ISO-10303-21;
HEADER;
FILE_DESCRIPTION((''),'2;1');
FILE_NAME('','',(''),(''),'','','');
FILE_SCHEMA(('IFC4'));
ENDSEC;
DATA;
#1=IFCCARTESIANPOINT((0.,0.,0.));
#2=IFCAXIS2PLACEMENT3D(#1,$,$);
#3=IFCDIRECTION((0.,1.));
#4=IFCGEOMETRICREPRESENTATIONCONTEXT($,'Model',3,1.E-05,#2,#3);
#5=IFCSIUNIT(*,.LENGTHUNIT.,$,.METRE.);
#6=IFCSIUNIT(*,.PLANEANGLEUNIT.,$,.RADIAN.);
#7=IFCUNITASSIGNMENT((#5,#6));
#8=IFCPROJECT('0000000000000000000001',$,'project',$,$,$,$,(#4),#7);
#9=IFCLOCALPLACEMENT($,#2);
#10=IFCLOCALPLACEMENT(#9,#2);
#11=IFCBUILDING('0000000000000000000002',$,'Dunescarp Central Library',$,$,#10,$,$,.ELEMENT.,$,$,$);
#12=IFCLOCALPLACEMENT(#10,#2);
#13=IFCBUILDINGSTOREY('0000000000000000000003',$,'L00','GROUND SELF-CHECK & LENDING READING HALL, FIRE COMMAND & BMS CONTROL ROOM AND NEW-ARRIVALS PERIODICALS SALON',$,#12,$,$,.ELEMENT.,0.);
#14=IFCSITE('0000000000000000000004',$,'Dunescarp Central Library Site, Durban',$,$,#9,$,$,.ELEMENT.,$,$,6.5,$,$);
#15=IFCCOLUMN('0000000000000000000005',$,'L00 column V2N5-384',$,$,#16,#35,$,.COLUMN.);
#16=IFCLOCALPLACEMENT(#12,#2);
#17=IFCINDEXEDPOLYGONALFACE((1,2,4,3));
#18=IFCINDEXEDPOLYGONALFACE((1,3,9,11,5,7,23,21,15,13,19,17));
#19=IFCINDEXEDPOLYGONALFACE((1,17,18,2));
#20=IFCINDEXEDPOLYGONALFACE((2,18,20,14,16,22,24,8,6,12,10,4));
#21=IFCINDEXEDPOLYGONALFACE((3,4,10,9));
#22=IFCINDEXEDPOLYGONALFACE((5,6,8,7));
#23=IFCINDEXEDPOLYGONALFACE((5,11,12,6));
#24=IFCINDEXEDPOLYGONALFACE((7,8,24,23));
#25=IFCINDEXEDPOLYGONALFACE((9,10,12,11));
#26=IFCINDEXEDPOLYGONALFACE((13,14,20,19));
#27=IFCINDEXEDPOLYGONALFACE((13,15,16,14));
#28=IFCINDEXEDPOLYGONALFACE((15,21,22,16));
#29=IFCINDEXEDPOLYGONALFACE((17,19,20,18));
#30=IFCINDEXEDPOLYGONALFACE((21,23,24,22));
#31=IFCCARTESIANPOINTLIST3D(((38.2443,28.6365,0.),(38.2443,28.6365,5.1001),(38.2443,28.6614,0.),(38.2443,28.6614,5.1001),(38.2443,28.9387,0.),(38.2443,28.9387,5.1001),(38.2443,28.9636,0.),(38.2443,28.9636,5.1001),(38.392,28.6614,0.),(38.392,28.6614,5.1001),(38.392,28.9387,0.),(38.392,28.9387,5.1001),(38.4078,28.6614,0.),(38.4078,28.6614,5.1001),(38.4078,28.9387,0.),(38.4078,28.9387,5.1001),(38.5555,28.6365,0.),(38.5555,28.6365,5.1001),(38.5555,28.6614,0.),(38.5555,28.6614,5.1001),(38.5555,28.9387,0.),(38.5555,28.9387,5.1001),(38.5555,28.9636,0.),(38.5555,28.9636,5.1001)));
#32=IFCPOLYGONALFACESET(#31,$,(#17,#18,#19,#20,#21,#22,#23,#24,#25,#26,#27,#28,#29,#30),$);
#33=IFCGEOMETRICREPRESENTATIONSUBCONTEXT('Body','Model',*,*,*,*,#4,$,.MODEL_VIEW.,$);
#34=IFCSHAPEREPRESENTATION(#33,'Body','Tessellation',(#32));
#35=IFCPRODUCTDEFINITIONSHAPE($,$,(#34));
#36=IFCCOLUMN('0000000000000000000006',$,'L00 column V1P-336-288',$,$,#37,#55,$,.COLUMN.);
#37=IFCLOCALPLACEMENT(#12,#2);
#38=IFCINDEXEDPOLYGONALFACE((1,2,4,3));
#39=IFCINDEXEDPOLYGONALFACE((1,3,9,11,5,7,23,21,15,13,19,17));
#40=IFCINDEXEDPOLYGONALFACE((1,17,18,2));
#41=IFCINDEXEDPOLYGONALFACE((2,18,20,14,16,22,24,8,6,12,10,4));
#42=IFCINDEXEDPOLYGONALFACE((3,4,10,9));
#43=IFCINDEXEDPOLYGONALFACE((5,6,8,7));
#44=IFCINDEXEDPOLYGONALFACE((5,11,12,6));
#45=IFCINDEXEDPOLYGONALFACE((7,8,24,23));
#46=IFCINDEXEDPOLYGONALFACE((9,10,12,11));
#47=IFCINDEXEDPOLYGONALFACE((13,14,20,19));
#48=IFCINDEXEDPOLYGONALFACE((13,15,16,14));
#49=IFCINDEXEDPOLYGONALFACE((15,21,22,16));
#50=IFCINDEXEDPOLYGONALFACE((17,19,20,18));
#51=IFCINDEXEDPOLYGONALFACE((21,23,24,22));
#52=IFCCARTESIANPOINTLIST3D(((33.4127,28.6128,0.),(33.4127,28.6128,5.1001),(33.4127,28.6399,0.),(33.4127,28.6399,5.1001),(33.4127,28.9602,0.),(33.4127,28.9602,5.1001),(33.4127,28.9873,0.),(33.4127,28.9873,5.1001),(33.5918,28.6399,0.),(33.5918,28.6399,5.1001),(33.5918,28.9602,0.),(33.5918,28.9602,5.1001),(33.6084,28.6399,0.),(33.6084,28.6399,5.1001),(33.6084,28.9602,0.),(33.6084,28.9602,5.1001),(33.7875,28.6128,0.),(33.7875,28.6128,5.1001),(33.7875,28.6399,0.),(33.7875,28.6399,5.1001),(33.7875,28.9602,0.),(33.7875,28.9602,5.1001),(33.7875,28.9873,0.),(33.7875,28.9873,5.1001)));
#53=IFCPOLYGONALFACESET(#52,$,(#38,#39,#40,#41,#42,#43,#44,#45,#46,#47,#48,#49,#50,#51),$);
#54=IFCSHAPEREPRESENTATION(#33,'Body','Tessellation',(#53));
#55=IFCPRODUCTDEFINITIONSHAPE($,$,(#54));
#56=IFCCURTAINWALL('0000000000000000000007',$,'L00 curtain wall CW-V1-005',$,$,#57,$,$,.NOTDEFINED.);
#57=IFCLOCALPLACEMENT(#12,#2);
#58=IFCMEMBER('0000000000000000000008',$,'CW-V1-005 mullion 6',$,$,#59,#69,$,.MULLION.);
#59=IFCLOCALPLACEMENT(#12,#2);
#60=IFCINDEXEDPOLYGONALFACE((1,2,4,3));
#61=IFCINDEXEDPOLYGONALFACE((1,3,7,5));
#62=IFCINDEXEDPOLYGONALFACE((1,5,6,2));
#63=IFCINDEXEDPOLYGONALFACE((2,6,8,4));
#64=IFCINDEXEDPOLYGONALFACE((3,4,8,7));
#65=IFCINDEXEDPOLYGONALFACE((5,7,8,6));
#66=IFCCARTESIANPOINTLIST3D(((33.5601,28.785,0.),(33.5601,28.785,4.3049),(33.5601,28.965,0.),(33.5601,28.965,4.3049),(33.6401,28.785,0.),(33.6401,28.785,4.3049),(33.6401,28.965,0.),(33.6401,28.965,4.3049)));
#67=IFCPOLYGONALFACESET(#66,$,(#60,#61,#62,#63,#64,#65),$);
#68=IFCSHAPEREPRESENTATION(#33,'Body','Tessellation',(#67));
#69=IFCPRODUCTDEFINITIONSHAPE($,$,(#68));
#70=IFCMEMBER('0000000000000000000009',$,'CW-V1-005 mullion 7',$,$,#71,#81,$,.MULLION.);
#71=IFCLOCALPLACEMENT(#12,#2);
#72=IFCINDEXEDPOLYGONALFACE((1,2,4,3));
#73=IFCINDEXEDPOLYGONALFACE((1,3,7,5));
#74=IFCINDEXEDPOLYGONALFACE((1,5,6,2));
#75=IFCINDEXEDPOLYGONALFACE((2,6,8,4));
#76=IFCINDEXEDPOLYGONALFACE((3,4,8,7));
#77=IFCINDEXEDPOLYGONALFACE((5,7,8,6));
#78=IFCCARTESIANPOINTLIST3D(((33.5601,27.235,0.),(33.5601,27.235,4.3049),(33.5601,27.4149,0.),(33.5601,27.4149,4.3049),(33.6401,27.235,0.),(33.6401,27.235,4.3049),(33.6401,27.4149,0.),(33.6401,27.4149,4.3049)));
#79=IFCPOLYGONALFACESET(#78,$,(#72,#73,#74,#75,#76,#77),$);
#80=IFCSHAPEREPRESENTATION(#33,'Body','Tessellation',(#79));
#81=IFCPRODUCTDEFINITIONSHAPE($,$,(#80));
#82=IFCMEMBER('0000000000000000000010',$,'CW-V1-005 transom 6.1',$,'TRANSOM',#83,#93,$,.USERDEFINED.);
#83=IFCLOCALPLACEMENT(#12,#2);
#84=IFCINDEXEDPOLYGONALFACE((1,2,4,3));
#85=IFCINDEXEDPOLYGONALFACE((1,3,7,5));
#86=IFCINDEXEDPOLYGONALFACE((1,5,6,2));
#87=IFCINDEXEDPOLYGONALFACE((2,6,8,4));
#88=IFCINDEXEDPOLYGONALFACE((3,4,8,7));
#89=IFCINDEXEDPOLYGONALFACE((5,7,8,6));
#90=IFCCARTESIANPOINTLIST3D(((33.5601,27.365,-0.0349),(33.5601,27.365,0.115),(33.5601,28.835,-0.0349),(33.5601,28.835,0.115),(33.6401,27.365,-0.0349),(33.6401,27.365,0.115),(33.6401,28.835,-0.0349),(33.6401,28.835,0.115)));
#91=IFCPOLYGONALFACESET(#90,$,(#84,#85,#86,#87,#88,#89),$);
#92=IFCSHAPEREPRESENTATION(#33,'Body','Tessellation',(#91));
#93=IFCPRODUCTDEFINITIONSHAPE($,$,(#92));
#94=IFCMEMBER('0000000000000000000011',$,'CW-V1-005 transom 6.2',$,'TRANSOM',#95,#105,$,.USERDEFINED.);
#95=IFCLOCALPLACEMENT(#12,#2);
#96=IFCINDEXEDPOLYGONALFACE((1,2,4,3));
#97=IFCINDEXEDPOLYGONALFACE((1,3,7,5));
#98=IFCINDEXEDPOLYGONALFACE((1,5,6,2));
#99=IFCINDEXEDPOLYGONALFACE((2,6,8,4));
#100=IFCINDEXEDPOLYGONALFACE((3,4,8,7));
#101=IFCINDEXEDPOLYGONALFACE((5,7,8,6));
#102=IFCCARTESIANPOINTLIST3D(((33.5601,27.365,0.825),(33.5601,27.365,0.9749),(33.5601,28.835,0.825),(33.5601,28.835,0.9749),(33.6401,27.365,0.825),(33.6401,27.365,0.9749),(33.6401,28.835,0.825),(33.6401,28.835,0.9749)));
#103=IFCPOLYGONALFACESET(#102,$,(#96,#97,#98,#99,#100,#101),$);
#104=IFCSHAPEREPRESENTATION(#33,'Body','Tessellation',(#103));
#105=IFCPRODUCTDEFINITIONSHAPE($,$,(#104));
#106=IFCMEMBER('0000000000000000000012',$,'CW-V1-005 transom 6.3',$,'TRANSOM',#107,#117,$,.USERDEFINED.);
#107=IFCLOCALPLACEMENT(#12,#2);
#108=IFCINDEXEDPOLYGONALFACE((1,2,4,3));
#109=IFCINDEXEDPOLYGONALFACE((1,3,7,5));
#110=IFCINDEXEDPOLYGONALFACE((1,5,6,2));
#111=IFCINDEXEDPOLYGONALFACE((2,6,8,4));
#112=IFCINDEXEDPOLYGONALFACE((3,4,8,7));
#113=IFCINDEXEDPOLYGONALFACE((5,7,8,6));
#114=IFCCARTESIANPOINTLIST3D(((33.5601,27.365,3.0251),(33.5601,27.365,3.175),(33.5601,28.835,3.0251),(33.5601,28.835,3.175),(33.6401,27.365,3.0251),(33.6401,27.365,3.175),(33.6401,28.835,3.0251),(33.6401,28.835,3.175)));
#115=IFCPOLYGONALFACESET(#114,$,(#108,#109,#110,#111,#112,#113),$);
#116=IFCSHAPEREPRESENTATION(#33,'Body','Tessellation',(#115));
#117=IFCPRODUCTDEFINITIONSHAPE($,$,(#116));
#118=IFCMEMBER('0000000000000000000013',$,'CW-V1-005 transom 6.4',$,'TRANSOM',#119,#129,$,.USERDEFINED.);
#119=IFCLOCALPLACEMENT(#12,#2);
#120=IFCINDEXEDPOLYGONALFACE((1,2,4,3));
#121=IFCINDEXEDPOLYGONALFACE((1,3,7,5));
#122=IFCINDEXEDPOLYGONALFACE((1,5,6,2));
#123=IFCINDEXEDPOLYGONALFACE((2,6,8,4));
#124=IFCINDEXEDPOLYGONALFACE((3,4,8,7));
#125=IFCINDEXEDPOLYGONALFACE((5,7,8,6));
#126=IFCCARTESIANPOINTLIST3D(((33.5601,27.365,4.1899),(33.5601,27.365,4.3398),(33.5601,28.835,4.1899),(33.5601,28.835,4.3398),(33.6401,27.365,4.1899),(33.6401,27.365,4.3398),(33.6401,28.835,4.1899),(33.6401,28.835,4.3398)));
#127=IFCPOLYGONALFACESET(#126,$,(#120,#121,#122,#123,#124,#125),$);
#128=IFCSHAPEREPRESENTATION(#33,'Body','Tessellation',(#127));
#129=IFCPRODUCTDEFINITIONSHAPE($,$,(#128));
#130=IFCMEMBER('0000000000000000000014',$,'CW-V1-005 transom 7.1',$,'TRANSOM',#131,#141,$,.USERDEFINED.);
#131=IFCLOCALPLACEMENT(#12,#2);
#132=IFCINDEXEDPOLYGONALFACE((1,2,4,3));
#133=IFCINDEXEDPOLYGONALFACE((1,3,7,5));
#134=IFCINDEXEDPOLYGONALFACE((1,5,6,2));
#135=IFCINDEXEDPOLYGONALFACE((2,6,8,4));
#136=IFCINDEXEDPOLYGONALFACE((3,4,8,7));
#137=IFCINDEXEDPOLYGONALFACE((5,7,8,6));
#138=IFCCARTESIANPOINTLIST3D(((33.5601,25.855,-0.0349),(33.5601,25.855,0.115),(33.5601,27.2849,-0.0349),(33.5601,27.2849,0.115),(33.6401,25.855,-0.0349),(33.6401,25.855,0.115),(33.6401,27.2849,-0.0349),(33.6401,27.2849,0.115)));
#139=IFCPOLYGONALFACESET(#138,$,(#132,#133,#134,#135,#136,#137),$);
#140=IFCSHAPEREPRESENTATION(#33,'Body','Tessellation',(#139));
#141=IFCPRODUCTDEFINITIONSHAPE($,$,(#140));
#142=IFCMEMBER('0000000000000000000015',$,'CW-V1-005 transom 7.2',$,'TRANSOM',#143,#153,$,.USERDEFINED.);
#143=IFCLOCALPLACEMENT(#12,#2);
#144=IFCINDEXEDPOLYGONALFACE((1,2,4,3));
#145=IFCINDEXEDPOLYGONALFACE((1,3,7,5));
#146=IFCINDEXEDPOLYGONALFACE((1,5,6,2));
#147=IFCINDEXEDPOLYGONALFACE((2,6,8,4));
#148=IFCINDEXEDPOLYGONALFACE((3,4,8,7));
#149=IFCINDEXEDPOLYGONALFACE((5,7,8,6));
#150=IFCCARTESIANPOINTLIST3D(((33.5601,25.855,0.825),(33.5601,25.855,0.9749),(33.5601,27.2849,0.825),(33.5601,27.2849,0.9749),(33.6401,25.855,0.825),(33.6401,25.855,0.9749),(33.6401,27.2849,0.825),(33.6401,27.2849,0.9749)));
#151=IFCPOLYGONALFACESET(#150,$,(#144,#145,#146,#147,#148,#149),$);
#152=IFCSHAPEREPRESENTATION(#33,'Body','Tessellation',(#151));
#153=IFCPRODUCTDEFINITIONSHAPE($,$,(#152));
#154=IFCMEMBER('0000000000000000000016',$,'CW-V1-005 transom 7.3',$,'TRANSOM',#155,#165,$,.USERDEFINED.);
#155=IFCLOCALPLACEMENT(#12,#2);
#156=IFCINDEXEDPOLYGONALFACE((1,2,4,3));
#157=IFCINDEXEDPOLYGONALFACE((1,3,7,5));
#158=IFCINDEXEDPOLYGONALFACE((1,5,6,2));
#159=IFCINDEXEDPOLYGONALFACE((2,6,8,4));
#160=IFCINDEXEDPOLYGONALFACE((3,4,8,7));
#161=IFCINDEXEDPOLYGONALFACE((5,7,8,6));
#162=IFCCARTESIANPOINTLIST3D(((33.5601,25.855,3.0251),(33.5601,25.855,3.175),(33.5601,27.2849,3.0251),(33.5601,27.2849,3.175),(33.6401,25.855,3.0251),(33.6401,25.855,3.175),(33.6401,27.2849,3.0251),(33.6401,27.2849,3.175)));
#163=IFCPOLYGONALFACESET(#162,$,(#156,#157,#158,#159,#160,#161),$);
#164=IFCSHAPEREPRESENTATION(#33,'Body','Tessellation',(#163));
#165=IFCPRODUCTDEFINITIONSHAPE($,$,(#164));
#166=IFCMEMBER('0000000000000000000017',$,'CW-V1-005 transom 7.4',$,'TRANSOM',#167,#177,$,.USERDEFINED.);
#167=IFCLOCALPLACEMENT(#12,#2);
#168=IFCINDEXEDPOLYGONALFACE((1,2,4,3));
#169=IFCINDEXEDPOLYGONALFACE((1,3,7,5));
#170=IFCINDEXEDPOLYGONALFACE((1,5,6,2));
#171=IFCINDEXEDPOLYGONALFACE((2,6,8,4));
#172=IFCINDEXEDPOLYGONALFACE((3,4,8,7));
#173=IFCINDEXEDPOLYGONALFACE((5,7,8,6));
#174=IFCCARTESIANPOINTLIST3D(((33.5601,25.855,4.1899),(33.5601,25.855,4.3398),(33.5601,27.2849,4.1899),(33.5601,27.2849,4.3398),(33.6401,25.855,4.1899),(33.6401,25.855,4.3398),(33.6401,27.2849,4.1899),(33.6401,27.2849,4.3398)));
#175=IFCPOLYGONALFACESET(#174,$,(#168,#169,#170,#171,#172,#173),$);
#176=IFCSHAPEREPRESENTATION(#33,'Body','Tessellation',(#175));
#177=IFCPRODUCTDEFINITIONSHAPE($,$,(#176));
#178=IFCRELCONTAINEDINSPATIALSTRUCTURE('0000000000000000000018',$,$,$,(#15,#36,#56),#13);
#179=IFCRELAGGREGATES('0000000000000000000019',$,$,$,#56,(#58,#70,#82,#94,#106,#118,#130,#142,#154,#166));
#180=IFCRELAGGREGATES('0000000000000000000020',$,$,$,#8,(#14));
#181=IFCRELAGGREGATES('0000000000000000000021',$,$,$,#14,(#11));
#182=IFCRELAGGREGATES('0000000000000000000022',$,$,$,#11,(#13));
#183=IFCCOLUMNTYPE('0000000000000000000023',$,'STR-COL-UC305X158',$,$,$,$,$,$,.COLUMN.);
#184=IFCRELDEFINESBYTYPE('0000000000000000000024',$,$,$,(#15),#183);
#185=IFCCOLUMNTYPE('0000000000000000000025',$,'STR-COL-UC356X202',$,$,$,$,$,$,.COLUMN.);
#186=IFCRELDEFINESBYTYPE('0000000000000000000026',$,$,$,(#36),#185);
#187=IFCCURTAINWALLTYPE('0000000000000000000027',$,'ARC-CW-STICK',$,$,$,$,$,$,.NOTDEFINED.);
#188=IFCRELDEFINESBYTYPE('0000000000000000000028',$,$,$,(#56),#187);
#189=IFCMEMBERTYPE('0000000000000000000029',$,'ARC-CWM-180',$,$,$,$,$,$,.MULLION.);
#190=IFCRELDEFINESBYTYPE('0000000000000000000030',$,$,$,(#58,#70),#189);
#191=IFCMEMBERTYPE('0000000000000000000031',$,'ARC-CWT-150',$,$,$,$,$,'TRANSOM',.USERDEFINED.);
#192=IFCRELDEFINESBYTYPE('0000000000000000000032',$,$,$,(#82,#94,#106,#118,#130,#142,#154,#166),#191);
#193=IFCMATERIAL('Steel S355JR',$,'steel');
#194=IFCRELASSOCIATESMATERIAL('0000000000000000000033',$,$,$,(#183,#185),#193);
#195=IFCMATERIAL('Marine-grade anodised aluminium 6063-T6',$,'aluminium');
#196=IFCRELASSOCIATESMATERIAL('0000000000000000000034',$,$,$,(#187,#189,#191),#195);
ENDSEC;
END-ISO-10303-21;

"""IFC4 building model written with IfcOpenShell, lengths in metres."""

from ifc_helpers import new_model, si_unit, direction, frame, origin, origin_2d, place, context, subcontext, project, spatial, rectangle, i_section, extrude, material, material_profile, profile_set, type_object, element, aggregate, save


model = new_model("IFC4")

# Units and contexts
model_context = context("Model", 3, precision=1e-05, world=origin(), true_north=direction((0.0, 1.0)))
body_context = subcontext(model_context, "Body", "Model", "MODEL_VIEW")
ifc_project = project(units=[si_unit("LENGTHUNIT", "METRE"), si_unit("PLANEANGLEUNIT", "RADIAN")], contexts=[model_context])

# Site, building, storey
site_placement = place(None, origin())
site = spatial("IfcSite", under=ifc_project, at=site_placement, Name="Dunescarp Central Library Site, Durban", CompositionType="ELEMENT", RefElevation=6.5)
building_placement = place(site_placement, origin())
building = spatial("IfcBuilding", under=site, at=building_placement, Name="Dunescarp Central Library", CompositionType="ELEMENT")
storey_placement = place(building_placement, origin())
storey = spatial("IfcBuildingStorey", under=building, at=storey_placement, Name="L00", Description="GROUND SELF-CHECK & LENDING READING HALL, FIRE COMMAND & BMS CONTROL ROOM AND NEW-ARRIVALS PERIODICALS SALON", CompositionType="ELEMENT", Elevation=0.0)

# Columns
ifc_material_1 = material(Name="Steel S355JR", Category="steel")
ifc_material_profile_1 = material_profile(ifc_material_1, i_section(OverallWidth=0.3113, OverallDepth=0.3271, WebThickness=0.0159, FlangeThickness=0.0249, at=origin_2d()), Name="UC 305x305x158")
ifc_profile_set_1 = profile_set([ifc_material_profile_1], Name="Steel S355JR")
column_type_1 = type_object("IfcColumnType", Name="STR-COL-UC305X158", PredefinedType="COLUMN", material=ifc_profile_set_1)
column_1_placement = place(storey_placement, frame((38.3999, 28.8, 0.0), z_axis=(0.0, 0.0, 1.0), x_axis=(1.0, 0.0, 0.0)))
element("IfcColumn", 1, at=column_1_placement, inside=storey, type_object=column_type_1, Name="L00 column V2N5-384", PredefinedType="COLUMN", context=body_context, shape_type="SweptSolid", body=[
    extrude(i_section(OverallWidth=0.3113, OverallDepth=0.3271, WebThickness=0.0159, FlangeThickness=0.0249, at=origin_2d()), origin(), (0.0, 0.0, 1.0), 5.1001),
])
ifc_material_profile_2 = material_profile(ifc_material_1, i_section(OverallWidth=0.3748, OverallDepth=0.3745, WebThickness=0.0166, FlangeThickness=0.0271, at=origin_2d()), Name="UC 356x368x202")
ifc_profile_set_2 = profile_set([ifc_material_profile_2], Name="Steel S355JR")
column_type_2 = type_object("IfcColumnType", Name="STR-COL-UC356X202", PredefinedType="COLUMN", material=ifc_profile_set_2)
column_2_placement = place(storey_placement, frame((33.6001, 28.8, 0.0), z_axis=(0.0, 0.0, 1.0), x_axis=(1.0, 0.0, 0.0)))
element("IfcColumn", 2, at=column_2_placement, inside=storey, type_object=column_type_2, Name="L00 column V1P-336-288", PredefinedType="COLUMN", context=body_context, shape_type="SweptSolid", body=[
    extrude(i_section(OverallWidth=0.3748, OverallDepth=0.3745, WebThickness=0.0166, FlangeThickness=0.0271, at=origin_2d()), origin(), (0.0, 0.0, 1.0), 5.1001),
])

# Curtain wall, members
ifc_material_2 = material(Name="Marine-grade anodised aluminium 6063-T6", Category="aluminium")
curtain_wall_type = type_object("IfcCurtainWallType", Name="ARC-CW-STICK", PredefinedType="NOTDEFINED", material=ifc_material_2)
curtain_wall_placement = place(storey_placement, origin())
curtain_wall = element("IfcCurtainWall", 3, at=curtain_wall_placement, inside=storey, type_object=curtain_wall_type, Name="L00 curtain wall CW-V1-005", PredefinedType="NOTDEFINED")
ifc_material_profile_3 = material_profile(ifc_material_2, rectangle(XDim=0.0801, YDim=0.1799, at=origin_2d()), Name="AL 80x180")
ifc_profile_set_3 = profile_set([ifc_material_profile_3], Name="Marine-grade anodised aluminium 6063-T6")
member_type_1 = type_object("IfcMemberType", Name="ARC-CWM-180", PredefinedType="MULLION", material=ifc_profile_set_3)
member_1_placement = place(storey_placement, frame((33.6001, 28.875, 0.0), z_axis=(0.0, 0.0, 1.0), x_axis=(1.0, 0.0, 0.0)))
member_1 = element("IfcMember", 4, at=member_1_placement, type_object=member_type_1, Name="CW-V1-005 mullion 6", PredefinedType="MULLION", context=body_context, shape_type="SweptSolid", body=[
    extrude(rectangle(XDim=0.0801, YDim=0.1799, at=origin_2d()), origin(), (0.0, 0.0, 1.0), 4.3049),
])
member_2_placement = place(storey_placement, frame((33.6001, 27.325, 0.0), z_axis=(0.0, 0.0, 1.0), x_axis=(1.0, 0.0, 0.0)))
member_2 = element("IfcMember", 5, at=member_2_placement, type_object=member_type_1, Name="CW-V1-005 mullion 7", PredefinedType="MULLION", context=body_context, shape_type="SweptSolid", body=[
    extrude(rectangle(XDim=0.0801, YDim=0.1799, at=origin_2d()), origin(), (0.0, 0.0, 1.0), 4.3049),
])
ifc_material_profile_4 = material_profile(ifc_material_2, rectangle(XDim=0.0801, YDim=0.1499, at=origin_2d()), Name="AL 80x150")
ifc_profile_set_4 = profile_set([ifc_material_profile_4], Name="Marine-grade anodised aluminium 6063-T6")
member_type_2 = type_object("IfcMemberType", Name="ARC-CWT-150", ElementType="TRANSOM", PredefinedType="USERDEFINED", material=ifc_profile_set_4)
member_3_placement = place(storey_placement, frame((33.6001, 28.835, 0.04), z_axis=(0.0, -1.0, 0.0), x_axis=(1.0, 0.0, 0.0)))
member_3 = element("IfcMember", 6, at=member_3_placement, type_object=member_type_2, Name="CW-V1-005 transom 6.1", ObjectType="TRANSOM", PredefinedType="USERDEFINED", context=body_context, shape_type="SweptSolid", body=[
    extrude(rectangle(XDim=0.0801, YDim=0.1499, at=origin_2d()), origin(), (0.0, 0.0, 1.0), 1.47),
])
member_4_placement = place(storey_placement, frame((33.6001, 28.835, 0.8999), z_axis=(0.0, -1.0, 0.0), x_axis=(1.0, 0.0, 0.0)))
member_4 = element("IfcMember", 7, at=member_4_placement, type_object=member_type_2, Name="CW-V1-005 transom 6.2", ObjectType="TRANSOM", PredefinedType="USERDEFINED", context=body_context, shape_type="SweptSolid", body=[
    extrude(rectangle(XDim=0.0801, YDim=0.1499, at=origin_2d()), origin(), (0.0, 0.0, 1.0), 1.47),
])
member_5_placement = place(storey_placement, frame((33.6001, 28.835, 3.1001), z_axis=(0.0, -1.0, 0.0), x_axis=(1.0, 0.0, 0.0)))
member_5 = element("IfcMember", 8, at=member_5_placement, type_object=member_type_2, Name="CW-V1-005 transom 6.3", ObjectType="TRANSOM", PredefinedType="USERDEFINED", context=body_context, shape_type="SweptSolid", body=[
    extrude(rectangle(XDim=0.0801, YDim=0.1499, at=origin_2d()), origin(), (0.0, 0.0, 1.0), 1.47),
])
member_6_placement = place(storey_placement, frame((33.6001, 28.835, 4.2649), z_axis=(0.0, -1.0, 0.0), x_axis=(1.0, 0.0, 0.0)))
member_6 = element("IfcMember", 9, at=member_6_placement, type_object=member_type_2, Name="CW-V1-005 transom 6.4", ObjectType="TRANSOM", PredefinedType="USERDEFINED", context=body_context, shape_type="SweptSolid", body=[
    extrude(rectangle(XDim=0.0801, YDim=0.1499, at=origin_2d()), origin(), (0.0, 0.0, 1.0), 1.47),
])
member_7_placement = place(storey_placement, frame((33.6001, 27.2849, 0.04), z_axis=(0.0, -1.0, 0.0), x_axis=(1.0, 0.0, 0.0)))
member_7 = element("IfcMember", 10, at=member_7_placement, type_object=member_type_2, Name="CW-V1-005 transom 7.1", ObjectType="TRANSOM", PredefinedType="USERDEFINED", context=body_context, shape_type="SweptSolid", body=[
    extrude(rectangle(XDim=0.0801, YDim=0.1499, at=origin_2d()), origin(), (0.0, 0.0, 1.0), 1.4299),
])
member_8_placement = place(storey_placement, frame((33.6001, 27.2849, 0.8999), z_axis=(0.0, -1.0, 0.0), x_axis=(1.0, 0.0, 0.0)))
member_8 = element("IfcMember", 11, at=member_8_placement, type_object=member_type_2, Name="CW-V1-005 transom 7.2", ObjectType="TRANSOM", PredefinedType="USERDEFINED", context=body_context, shape_type="SweptSolid", body=[
    extrude(rectangle(XDim=0.0801, YDim=0.1499, at=origin_2d()), origin(), (0.0, 0.0, 1.0), 1.4299),
])
member_9_placement = place(storey_placement, frame((33.6001, 27.2849, 3.1001), z_axis=(0.0, -1.0, 0.0), x_axis=(1.0, 0.0, 0.0)))
member_9 = element("IfcMember", 12, at=member_9_placement, type_object=member_type_2, Name="CW-V1-005 transom 7.3", ObjectType="TRANSOM", PredefinedType="USERDEFINED", context=body_context, shape_type="SweptSolid", body=[
    extrude(rectangle(XDim=0.0801, YDim=0.1499, at=origin_2d()), origin(), (0.0, 0.0, 1.0), 1.4299),
])
member_10_placement = place(storey_placement, frame((33.6001, 27.2849, 4.2649), z_axis=(0.0, -1.0, 0.0), x_axis=(1.0, 0.0, 0.0)))
member_10 = element("IfcMember", 13, at=member_10_placement, type_object=member_type_2, Name="CW-V1-005 transom 7.4", ObjectType="TRANSOM", PredefinedType="USERDEFINED", context=body_context, shape_type="SweptSolid", body=[
    extrude(rectangle(XDim=0.0801, YDim=0.1499, at=origin_2d()), origin(), (0.0, 0.0, 1.0), 1.4299),
])
aggregate(curtain_wall, [member_1, member_2, member_3, member_4, member_5, member_6, member_7, member_8, member_9, member_10])

save(model, "model.ifc")
